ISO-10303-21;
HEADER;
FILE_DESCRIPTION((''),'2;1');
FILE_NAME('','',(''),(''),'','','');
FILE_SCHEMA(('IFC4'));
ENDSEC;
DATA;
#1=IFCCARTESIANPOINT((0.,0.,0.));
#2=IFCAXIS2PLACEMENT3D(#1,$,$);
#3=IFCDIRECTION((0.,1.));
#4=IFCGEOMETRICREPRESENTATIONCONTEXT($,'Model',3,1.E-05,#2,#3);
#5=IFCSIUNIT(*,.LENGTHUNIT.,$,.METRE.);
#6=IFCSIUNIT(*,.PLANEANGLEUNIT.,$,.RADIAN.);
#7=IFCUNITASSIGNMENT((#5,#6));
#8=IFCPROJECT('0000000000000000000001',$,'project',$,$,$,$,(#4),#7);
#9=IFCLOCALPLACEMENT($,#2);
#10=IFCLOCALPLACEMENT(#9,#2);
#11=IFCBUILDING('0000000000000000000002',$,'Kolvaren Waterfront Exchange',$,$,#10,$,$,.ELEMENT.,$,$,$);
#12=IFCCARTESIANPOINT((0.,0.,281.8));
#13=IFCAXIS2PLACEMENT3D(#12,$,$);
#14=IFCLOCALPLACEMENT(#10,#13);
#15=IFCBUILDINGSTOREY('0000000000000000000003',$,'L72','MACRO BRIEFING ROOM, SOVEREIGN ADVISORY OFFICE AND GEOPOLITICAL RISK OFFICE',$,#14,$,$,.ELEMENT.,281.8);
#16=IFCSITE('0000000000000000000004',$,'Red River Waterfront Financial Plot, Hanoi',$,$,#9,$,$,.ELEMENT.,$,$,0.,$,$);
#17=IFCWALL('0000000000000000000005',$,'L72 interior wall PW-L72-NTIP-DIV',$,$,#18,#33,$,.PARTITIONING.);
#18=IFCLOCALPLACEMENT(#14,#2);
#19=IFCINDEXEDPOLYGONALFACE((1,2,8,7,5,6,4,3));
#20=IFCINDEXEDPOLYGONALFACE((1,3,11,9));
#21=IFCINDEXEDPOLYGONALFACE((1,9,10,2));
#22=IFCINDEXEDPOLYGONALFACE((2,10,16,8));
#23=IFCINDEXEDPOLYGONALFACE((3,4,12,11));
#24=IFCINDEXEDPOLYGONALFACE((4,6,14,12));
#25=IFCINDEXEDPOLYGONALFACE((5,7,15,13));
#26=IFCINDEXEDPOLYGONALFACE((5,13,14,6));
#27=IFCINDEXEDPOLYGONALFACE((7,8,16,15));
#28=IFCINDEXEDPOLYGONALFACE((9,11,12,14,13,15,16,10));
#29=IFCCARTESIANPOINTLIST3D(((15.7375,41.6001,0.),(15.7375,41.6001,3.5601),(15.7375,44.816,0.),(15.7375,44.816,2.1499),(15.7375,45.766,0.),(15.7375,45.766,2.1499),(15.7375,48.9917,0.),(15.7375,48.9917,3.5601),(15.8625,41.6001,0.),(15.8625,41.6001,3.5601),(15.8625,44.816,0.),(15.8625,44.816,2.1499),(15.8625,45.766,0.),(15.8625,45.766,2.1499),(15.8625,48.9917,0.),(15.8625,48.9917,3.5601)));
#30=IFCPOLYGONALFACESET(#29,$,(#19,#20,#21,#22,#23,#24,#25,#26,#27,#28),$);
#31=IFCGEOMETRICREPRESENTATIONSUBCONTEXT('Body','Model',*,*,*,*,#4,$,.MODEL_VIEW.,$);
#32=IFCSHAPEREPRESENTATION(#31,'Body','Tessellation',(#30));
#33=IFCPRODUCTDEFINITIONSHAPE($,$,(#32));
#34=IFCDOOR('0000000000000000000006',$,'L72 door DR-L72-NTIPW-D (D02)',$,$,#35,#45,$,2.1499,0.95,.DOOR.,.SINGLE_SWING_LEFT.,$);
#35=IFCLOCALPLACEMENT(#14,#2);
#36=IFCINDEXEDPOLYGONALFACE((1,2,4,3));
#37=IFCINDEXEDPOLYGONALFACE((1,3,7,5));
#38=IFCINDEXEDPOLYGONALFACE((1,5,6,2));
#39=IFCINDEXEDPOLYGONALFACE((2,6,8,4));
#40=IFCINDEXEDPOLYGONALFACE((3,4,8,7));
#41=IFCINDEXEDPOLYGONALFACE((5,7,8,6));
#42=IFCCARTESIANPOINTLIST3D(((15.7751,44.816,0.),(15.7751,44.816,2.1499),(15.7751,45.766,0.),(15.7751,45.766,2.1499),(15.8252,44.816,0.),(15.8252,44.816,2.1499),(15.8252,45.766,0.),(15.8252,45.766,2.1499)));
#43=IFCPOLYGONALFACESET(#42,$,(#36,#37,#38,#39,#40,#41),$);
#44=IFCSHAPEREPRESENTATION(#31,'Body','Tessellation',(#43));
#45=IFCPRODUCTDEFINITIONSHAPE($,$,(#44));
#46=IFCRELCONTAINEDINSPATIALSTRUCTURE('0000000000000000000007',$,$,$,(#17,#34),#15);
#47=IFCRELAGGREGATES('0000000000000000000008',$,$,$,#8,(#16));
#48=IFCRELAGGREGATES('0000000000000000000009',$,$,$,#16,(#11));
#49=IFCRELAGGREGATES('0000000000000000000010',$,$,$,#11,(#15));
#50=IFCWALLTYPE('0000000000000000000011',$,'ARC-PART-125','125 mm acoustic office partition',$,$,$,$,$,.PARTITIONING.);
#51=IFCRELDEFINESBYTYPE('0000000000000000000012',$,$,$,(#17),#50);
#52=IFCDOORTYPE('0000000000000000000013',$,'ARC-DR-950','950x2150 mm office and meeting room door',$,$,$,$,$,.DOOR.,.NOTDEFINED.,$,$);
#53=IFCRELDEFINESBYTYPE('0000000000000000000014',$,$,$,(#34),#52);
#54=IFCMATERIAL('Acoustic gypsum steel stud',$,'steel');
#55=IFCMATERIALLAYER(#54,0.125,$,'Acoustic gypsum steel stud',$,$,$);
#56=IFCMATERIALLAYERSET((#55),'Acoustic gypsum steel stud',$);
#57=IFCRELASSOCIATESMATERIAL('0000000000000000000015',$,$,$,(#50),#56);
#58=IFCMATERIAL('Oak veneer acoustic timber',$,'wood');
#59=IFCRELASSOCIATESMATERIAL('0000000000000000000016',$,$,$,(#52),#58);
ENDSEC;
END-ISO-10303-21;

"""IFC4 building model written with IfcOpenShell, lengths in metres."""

from ifc_helpers import new_model, si_unit, direction, frame, frame_2d, origin, place, context, subcontext, project, spatial, rectangle, extrude, material, layer, layer_set, type_object, element, fill, save


model = new_model("IFC4")

# Units and contexts
model_context = context("Model", 3, precision=1e-05, world=origin(), true_north=direction((0.0, 1.0)))
body_context = subcontext(model_context, "Body", "Model", "MODEL_VIEW")
ifc_project = project(units=[si_unit("LENGTHUNIT", "METRE"), si_unit("PLANEANGLEUNIT", "RADIAN")], contexts=[model_context])

# Site, building, storey
site_placement = place(None, origin())
site = spatial("IfcSite", under=ifc_project, at=site_placement, Name="Red River Waterfront Financial Plot, Hanoi", CompositionType="ELEMENT", RefElevation=0.0)
building_placement = place(site_placement, origin())
building = spatial("IfcBuilding", under=site, at=building_placement, Name="Kolvaren Waterfront Exchange", CompositionType="ELEMENT")
storey_placement = place(building_placement, frame((0.0, 0.0, 281.8)))
storey = spatial("IfcBuildingStorey", under=building, at=storey_placement, Name="L72", Description="MACRO BRIEFING ROOM, SOVEREIGN ADVISORY OFFICE AND GEOPOLITICAL RISK OFFICE", CompositionType="ELEMENT", Elevation=281.8)

# Shared definitions
ifc_material_1 = material(Name="Acoustic gypsum steel stud", Category="steel")
ifc_layer_1 = layer(ifc_material_1, 0.125, Name="Acoustic gypsum steel stud")
ifc_layer_set_1 = layer_set([ifc_layer_1], Name="Acoustic gypsum steel stud")
wall_type_1 = type_object("IfcWallType", Name="ARC-PART-125", Description="125 mm acoustic office partition", PredefinedType="PARTITIONING", material=ifc_layer_set_1)

# Wall, opening, door
wall_1_placement = place(storey_placement, frame((15.8, 41.6001, 0.0), z_axis=(0.0, 0.0, 1.0), x_axis=(0.0, 1.0, 0.0)))
wall_1 = element("IfcWall", 1, at=wall_1_placement, inside=storey, type_object=wall_type_1, Name="L72 interior wall PW-L72-NTIP-DIV", PredefinedType="PARTITIONING", context=body_context, shape_type="SweptSolid", body=[
    extrude(rectangle(XDim=7.3916, YDim=0.125, at=frame_2d((3.6958, 0.0))), origin(), (0.0, 0.0, 1.0), 3.5601),
])
opening_1_placement = place(wall_1_placement, frame((3.2158, 0.0, 0.0)))
opening_1 = element("IfcOpeningElement", 2, at=opening_1_placement, cuts=wall_1, PredefinedType="OPENING", context=body_context, shape_type="SweptSolid", body=[
    extrude(rectangle(XDim=0.95, YDim=2.1499, at=frame_2d((0.4751, 1.075))), frame((0.0, 0.0725, 0.0), z_axis=(0.0, -1.0, 0.0), x_axis=(1.0, 0.0, 0.0)), (0.0, 0.0, 1.0), 0.145),
])
ifc_material_2 = material(Name="Oak veneer acoustic timber", Category="wood")
door_type_1 = type_object("IfcDoorType", Name="ARC-DR-950", Description="950x2150 mm office and meeting room door", OperationType="NOTDEFINED", PredefinedType="DOOR", material=ifc_material_2)
door_1_placement = place(opening_1_placement, origin())
door_1 = element("IfcDoor", 3, at=door_1_placement, inside=storey, type_object=door_type_1, Name="L72 door DR-L72-NTIPW-D (D02)", OperationType="SINGLE_SWING_LEFT", OverallHeight=2.1499, OverallWidth=0.95, PredefinedType="DOOR", context=body_context, shape_type="SweptSolid", body=[
    extrude(rectangle(XDim=0.95, YDim=2.1499, at=frame_2d((0.4751, 1.075))), frame((0.0, 0.0249, 0.0), z_axis=(0.0, -1.0, 0.0), x_axis=(1.0, 0.0, 0.0)), (0.0, 0.0, 1.0), 0.05),
])
fill(opening_1, door_1)

save(model, "model.ifc")
